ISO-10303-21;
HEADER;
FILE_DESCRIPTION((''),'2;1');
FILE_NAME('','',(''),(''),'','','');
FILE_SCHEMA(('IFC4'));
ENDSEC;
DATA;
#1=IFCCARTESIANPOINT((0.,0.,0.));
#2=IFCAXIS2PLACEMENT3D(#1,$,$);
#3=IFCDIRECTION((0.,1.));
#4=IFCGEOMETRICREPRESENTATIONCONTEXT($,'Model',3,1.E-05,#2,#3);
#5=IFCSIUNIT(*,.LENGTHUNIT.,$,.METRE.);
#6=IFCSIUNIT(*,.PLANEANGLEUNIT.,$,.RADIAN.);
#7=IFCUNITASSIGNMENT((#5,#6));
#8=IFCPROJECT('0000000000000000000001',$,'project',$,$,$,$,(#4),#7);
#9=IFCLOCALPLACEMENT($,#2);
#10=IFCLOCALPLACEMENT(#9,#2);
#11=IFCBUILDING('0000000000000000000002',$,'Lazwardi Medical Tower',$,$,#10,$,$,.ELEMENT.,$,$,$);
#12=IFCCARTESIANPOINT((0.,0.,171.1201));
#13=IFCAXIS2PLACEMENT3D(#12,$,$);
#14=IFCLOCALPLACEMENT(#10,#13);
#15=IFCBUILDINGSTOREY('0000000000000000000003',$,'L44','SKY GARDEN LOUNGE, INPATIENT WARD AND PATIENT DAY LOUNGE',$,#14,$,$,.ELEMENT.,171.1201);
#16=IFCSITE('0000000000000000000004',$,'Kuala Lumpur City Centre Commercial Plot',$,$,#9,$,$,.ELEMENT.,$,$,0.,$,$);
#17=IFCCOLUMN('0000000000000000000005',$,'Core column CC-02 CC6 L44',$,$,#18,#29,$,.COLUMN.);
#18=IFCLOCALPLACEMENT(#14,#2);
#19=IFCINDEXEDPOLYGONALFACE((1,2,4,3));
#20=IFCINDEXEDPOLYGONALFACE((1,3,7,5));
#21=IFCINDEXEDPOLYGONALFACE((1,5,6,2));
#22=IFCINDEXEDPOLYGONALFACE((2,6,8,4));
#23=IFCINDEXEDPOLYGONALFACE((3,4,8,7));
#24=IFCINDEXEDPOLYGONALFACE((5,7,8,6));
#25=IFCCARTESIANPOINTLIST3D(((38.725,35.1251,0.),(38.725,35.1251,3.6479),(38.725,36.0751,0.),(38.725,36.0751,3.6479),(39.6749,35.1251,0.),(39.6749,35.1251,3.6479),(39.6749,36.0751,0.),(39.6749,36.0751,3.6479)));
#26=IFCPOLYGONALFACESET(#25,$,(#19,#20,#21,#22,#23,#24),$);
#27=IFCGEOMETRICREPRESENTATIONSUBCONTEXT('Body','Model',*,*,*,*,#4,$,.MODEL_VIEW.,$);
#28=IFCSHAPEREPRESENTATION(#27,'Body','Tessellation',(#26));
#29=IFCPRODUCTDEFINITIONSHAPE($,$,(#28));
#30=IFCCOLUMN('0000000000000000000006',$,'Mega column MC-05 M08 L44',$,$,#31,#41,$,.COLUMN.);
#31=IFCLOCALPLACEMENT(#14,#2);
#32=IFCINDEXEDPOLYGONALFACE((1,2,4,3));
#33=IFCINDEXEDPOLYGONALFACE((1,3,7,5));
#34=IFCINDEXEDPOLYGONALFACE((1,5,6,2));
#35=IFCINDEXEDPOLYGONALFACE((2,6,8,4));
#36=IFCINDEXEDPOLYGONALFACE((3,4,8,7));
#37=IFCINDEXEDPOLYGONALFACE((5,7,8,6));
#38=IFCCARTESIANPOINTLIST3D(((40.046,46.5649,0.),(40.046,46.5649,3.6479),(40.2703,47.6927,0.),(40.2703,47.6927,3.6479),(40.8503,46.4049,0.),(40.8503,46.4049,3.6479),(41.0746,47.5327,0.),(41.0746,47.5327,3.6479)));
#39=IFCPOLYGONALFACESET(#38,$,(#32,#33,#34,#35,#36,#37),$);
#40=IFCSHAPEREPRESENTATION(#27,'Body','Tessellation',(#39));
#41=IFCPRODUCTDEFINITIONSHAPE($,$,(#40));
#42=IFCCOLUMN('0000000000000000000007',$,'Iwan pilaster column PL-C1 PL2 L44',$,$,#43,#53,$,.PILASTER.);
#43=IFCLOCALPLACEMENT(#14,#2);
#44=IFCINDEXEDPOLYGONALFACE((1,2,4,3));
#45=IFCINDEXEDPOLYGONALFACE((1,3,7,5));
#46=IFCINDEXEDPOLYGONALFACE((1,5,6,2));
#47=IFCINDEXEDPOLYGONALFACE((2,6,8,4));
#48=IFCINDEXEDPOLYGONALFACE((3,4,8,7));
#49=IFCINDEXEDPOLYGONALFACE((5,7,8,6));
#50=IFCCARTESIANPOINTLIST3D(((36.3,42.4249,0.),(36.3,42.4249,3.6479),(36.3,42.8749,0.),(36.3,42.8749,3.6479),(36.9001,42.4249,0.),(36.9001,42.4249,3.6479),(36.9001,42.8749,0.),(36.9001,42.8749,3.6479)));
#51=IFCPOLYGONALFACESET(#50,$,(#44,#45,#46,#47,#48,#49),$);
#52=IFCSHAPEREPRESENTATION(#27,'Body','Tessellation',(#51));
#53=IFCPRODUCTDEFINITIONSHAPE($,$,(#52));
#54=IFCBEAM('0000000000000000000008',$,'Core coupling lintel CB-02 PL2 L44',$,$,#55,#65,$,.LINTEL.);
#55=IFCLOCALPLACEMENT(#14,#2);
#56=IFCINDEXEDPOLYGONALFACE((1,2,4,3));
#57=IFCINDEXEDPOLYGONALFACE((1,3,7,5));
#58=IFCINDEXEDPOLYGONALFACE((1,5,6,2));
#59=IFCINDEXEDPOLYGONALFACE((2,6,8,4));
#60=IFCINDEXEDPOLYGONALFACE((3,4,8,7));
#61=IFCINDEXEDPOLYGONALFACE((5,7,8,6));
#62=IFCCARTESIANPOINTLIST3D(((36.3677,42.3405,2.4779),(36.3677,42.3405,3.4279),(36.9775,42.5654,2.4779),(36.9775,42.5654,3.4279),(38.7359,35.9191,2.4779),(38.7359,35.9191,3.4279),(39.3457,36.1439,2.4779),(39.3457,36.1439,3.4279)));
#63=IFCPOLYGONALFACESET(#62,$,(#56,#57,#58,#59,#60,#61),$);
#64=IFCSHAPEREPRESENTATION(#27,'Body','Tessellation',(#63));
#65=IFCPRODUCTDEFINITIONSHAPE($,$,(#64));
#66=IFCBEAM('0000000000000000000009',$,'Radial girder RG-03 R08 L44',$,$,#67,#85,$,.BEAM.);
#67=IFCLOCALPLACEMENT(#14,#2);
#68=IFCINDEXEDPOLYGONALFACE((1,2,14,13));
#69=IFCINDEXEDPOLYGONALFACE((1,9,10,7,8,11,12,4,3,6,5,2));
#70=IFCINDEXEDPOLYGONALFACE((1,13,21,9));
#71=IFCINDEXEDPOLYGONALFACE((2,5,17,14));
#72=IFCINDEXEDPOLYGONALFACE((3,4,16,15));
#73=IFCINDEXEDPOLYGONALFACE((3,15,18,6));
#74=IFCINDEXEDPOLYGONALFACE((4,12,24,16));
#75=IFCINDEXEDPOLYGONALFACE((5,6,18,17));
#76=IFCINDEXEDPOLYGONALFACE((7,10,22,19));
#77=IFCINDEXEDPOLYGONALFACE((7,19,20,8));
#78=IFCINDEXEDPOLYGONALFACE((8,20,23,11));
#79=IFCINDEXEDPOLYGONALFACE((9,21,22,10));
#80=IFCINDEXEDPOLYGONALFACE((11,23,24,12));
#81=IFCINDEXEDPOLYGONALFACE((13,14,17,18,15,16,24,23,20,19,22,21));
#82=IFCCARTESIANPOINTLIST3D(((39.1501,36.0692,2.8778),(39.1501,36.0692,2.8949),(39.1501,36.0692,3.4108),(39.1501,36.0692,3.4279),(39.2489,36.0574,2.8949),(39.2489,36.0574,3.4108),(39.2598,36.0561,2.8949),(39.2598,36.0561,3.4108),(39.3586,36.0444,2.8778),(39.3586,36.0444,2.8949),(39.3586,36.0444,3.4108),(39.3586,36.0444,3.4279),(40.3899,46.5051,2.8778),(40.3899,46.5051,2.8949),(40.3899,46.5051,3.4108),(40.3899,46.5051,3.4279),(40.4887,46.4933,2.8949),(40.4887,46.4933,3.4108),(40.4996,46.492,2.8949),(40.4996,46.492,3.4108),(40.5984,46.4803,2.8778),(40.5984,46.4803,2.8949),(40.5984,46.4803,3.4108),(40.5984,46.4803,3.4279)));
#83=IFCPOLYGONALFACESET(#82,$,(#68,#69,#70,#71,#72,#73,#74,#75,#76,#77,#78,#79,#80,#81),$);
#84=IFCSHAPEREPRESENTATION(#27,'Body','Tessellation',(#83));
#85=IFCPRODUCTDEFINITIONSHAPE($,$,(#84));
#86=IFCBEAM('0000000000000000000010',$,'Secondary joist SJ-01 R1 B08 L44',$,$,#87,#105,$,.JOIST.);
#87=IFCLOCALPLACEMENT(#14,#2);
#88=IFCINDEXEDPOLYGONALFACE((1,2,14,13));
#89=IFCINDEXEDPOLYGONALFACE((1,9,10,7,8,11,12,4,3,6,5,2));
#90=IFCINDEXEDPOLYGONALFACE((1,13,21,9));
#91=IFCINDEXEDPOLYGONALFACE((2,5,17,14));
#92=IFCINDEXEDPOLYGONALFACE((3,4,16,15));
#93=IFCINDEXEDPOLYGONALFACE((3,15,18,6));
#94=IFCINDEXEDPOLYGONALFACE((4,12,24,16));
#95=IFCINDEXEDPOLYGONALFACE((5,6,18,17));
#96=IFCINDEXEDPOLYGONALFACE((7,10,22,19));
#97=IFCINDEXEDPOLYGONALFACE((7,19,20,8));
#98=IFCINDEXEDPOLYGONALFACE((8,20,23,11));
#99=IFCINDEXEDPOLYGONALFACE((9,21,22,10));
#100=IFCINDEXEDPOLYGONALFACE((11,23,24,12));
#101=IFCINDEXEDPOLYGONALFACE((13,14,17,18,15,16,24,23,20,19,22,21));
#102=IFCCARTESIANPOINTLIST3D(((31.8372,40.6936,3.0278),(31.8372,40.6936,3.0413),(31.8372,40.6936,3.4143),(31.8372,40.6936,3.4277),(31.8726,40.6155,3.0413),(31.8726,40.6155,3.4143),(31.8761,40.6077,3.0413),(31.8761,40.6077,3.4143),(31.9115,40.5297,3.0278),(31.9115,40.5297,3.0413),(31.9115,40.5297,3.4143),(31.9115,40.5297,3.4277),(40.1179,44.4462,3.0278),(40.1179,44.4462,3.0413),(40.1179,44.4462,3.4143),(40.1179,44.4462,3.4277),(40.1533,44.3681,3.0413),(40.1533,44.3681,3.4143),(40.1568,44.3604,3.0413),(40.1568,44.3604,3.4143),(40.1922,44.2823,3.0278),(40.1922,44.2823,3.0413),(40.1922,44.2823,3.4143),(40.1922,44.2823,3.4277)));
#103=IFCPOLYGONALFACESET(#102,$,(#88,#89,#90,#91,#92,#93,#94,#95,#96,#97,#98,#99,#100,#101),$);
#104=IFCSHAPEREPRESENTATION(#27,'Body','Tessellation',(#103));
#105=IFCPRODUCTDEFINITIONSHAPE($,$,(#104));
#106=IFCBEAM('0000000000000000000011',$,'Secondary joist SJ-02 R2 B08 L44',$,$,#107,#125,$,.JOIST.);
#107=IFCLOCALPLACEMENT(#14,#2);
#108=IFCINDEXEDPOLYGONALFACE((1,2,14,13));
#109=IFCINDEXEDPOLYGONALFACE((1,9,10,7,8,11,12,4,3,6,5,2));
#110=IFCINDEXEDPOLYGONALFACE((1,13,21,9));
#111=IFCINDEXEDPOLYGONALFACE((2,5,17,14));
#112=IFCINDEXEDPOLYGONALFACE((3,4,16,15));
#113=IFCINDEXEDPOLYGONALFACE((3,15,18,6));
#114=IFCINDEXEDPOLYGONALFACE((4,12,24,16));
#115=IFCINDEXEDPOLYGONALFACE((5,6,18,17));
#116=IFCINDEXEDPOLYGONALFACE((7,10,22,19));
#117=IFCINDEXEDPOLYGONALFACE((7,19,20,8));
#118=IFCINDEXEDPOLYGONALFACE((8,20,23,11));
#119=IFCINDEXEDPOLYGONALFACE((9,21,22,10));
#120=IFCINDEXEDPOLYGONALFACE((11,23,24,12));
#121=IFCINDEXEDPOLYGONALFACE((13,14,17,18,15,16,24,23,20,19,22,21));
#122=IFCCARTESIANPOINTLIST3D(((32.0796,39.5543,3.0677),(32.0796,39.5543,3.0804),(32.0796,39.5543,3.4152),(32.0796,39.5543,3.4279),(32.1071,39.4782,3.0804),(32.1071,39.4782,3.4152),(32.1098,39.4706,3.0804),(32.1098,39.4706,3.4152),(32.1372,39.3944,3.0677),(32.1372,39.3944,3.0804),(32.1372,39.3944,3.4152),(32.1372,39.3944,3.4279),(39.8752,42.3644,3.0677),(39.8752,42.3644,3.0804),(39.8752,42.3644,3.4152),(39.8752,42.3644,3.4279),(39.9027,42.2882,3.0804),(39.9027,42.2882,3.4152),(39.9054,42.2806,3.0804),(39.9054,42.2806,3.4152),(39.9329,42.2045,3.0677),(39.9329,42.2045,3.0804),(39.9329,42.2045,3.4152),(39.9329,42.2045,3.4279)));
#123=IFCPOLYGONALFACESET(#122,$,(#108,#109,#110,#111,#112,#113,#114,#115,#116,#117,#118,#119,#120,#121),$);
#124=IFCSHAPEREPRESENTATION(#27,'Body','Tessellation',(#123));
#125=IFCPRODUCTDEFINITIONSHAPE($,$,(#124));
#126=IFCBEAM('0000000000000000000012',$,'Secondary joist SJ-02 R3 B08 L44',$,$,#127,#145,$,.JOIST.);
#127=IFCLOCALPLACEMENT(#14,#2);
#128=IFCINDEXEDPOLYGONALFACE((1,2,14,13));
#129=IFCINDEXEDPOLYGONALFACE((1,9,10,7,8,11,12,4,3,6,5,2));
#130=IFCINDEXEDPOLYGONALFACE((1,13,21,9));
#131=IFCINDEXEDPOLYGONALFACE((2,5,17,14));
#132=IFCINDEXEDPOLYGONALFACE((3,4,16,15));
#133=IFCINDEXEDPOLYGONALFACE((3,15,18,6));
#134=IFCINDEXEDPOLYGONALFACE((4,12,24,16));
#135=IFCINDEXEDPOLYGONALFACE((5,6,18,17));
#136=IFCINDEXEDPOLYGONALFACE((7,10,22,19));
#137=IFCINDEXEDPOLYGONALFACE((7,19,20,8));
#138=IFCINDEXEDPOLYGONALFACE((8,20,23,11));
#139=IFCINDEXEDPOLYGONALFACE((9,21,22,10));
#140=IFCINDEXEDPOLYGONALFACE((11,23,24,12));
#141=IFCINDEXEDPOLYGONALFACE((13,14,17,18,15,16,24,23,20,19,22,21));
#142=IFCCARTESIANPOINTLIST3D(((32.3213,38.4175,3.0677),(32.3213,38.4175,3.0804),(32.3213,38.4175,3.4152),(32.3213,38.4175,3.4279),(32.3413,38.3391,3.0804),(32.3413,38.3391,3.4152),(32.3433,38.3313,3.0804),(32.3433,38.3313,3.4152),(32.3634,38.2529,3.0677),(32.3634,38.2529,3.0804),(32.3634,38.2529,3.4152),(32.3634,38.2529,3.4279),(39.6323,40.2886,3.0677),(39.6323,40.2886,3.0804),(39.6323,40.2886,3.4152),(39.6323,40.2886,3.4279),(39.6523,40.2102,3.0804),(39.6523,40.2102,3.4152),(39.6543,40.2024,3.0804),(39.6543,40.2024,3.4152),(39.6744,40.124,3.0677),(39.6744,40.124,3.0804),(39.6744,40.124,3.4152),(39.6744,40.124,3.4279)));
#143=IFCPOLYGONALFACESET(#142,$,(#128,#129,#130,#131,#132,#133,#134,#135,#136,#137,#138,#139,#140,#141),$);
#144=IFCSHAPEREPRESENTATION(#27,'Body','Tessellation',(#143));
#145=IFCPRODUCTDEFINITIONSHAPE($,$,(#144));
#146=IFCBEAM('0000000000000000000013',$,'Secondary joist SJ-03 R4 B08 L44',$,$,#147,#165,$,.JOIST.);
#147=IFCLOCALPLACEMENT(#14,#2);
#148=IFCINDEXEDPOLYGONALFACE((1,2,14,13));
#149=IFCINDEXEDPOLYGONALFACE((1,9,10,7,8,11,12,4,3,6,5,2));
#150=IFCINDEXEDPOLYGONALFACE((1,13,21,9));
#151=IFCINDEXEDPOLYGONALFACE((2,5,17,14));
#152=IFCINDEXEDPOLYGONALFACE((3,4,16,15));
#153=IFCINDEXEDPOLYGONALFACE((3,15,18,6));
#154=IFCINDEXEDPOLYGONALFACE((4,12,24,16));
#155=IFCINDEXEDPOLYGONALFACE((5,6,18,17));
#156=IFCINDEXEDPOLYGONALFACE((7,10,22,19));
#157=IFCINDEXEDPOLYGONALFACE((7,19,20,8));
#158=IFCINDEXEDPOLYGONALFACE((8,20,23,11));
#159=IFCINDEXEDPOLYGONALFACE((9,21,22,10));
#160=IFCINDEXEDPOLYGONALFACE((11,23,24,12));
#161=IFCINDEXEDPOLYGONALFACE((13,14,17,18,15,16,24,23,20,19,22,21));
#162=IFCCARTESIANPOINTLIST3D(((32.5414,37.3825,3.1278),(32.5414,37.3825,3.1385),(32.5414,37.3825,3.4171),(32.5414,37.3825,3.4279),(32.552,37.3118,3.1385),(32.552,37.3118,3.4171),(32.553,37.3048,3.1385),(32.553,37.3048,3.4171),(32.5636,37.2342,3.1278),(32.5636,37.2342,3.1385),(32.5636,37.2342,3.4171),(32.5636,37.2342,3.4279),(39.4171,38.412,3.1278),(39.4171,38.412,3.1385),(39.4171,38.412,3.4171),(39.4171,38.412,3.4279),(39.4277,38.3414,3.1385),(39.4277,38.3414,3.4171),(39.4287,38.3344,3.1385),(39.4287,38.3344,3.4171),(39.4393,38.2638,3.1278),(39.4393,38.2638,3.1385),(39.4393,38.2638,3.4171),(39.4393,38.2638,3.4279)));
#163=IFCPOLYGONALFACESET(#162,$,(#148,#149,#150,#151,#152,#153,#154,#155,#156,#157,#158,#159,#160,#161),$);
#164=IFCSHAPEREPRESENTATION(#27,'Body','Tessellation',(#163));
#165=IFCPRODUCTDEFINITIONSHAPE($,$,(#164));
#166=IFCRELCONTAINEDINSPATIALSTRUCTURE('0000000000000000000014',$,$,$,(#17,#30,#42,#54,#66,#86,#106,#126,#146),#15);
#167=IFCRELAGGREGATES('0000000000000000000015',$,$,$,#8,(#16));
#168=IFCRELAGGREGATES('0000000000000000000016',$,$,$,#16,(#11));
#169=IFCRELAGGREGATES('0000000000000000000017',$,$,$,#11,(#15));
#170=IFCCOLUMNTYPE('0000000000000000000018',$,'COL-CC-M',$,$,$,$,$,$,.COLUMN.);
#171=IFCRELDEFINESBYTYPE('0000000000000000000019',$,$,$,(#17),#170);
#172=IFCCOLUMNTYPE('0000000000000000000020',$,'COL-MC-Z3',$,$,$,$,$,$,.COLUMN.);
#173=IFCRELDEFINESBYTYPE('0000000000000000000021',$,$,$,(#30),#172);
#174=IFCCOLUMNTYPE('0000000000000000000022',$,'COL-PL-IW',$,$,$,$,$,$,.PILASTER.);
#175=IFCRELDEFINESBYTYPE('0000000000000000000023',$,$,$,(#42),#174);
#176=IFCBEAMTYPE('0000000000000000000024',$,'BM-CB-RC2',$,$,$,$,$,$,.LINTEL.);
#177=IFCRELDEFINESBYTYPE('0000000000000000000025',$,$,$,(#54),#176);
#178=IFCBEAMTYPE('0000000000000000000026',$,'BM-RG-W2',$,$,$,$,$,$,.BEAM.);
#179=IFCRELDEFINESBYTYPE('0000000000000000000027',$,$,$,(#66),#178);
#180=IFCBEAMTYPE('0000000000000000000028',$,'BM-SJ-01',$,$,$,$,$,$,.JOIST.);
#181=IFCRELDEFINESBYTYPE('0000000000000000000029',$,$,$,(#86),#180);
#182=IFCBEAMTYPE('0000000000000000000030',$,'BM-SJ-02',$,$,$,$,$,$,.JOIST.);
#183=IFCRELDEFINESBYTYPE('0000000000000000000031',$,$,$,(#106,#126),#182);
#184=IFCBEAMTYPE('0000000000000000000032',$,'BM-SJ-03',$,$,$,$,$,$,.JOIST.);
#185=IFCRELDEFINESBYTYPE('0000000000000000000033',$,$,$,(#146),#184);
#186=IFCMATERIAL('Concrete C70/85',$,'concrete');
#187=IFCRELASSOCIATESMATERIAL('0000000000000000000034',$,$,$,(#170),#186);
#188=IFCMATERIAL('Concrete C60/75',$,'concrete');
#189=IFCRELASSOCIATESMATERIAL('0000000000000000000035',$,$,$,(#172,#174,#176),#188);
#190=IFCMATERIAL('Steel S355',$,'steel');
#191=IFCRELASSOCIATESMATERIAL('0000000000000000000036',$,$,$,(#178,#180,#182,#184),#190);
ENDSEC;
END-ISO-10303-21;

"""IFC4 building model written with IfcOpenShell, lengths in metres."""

from ifc_helpers import new_model, si_unit, direction, frame, origin, origin_2d, place, context, subcontext, project, spatial, rectangle, i_section, extrude, material, material_profile, profile_set, type_object, element, save


model = new_model("IFC4")

# Units and contexts
model_context = context("Model", 3, precision=1e-05, world=origin(), true_north=direction((0.0, 1.0)))
body_context = subcontext(model_context, "Body", "Model", "MODEL_VIEW")
ifc_project = project(units=[si_unit("LENGTHUNIT", "METRE"), si_unit("PLANEANGLEUNIT", "RADIAN")], contexts=[model_context])

# Site, building, storey
site_placement = place(None, origin())
site = spatial("IfcSite", under=ifc_project, at=site_placement, Name="Kuala Lumpur City Centre Commercial Plot", CompositionType="ELEMENT", RefElevation=0.0)
building_placement = place(site_placement, origin())
building = spatial("IfcBuilding", under=site, at=building_placement, Name="Lazwardi Medical Tower", CompositionType="ELEMENT")
storey_placement = place(building_placement, frame((0.0, 0.0, 171.1201)))
storey = spatial("IfcBuildingStorey", under=building, at=storey_placement, Name="L44", Description="SKY GARDEN LOUNGE, INPATIENT WARD AND PATIENT DAY LOUNGE", CompositionType="ELEMENT", Elevation=171.1201)

# Columns
ifc_material_1 = material(Name="Concrete C70/85", Category="concrete")
ifc_material_profile_1 = material_profile(ifc_material_1, rectangle(XDim=0.95, YDim=0.95, at=origin_2d()), Name="RC 950x950")
ifc_profile_set_1 = profile_set([ifc_material_profile_1], Name="Concrete C70/85")
column_type_1 = type_object("IfcColumnType", Name="COL-CC-M", PredefinedType="COLUMN", material=ifc_profile_set_1)
column_1_placement = place(storey_placement, frame((39.2, 35.6001, 0.0), z_axis=(0.0, 0.0, 1.0), x_axis=(1.0, 0.0, 0.0)))
element("IfcColumn", 1, at=column_1_placement, inside=storey, type_object=column_type_1, Name="Core column CC-02 CC6 L44", PredefinedType="COLUMN", context=body_context, shape_type="SweptSolid", body=[
    extrude(rectangle(XDim=0.95, YDim=0.95, at=origin_2d()), origin(), (0.0, 0.0, 1.0), 3.6479),
])
ifc_material_2 = material(Name="Concrete C60/75", Category="concrete")
ifc_material_profile_2 = material_profile(ifc_material_2, rectangle(XDim=1.1499, YDim=0.8201, at=origin_2d()), Name="CFT-RECT 1150x820")
ifc_profile_set_2 = profile_set([ifc_material_profile_2], Name="Concrete C60/75")
column_type_2 = type_object("IfcColumnType", Name="COL-MC-Z3", PredefinedType="COLUMN", material=ifc_profile_set_2)
column_2_placement = place(storey_placement, frame((40.5603, 47.0488, 0.0), z_axis=(0.0, 0.0, 1.0), x_axis=(0.19509, 0.980785, 0.0)))
element("IfcColumn", 2, at=column_2_placement, inside=storey, type_object=column_type_2, Name="Mega column MC-05 M08 L44", PredefinedType="COLUMN", context=body_context, shape_type="SweptSolid", body=[
    extrude(rectangle(XDim=1.1499, YDim=0.8201, at=origin_2d()), origin(), (0.0, 0.0, 1.0), 3.6479),
])
ifc_material_profile_3 = material_profile(ifc_material_2, rectangle(XDim=0.6001, YDim=0.45, at=origin_2d()), Name="RC 600x450")
ifc_profile_set_3 = profile_set([ifc_material_profile_3], Name="Concrete C60/75")
column_type_3 = type_object("IfcColumnType", Name="COL-PL-IW", PredefinedType="PILASTER", material=ifc_profile_set_3)
column_3_placement = place(storey_placement, frame((36.6001, 42.6499, 0.0), z_axis=(0.0, 0.0, 1.0), x_axis=(1.0, 0.0, 0.0)))
element("IfcColumn", 3, at=column_3_placement, inside=storey, type_object=column_type_3, Name="Iwan pilaster column PL-C1 PL2 L44", PredefinedType="PILASTER", context=body_context, shape_type="SweptSolid", body=[
    extrude(rectangle(XDim=0.6001, YDim=0.45, at=origin_2d()), origin(), (0.0, 0.0, 1.0), 3.6479),
])

# Beams
ifc_material_profile_4 = material_profile(ifc_material_2, rectangle(XDim=0.6499, YDim=0.95, at=origin_2d()), Name="RC 650x950")
ifc_profile_set_4 = profile_set([ifc_material_profile_4], Name="Concrete C60/75")
beam_type_1 = type_object("IfcBeamType", Name="BM-CB-RC2", PredefinedType="LINTEL", material=ifc_profile_set_4)
beam_1_placement = place(storey_placement, frame((39.0408, 36.0315, 2.9529), z_axis=(-0.346013, 0.93823, 0.0), x_axis=(-0.93823, -0.346013, 0.0)))
element("IfcBeam", 4, at=beam_1_placement, inside=storey, type_object=beam_type_1, Name="Core coupling lintel CB-02 PL2 L44", PredefinedType="LINTEL", context=body_context, shape_type="SweptSolid", body=[
    extrude(rectangle(XDim=0.6499, YDim=0.95, at=origin_2d()), origin(), (0.0, 0.0, 1.0), 6.8442),
])
ifc_material_3 = material(Name="Steel S355", Category="steel")
ifc_material_profile_5 = material_profile(ifc_material_3, i_section(OverallWidth=0.21, OverallDepth=0.55, WebThickness=0.011, FlangeThickness=0.0171, at=origin_2d()), Name="IPE 550")
ifc_profile_set_5 = profile_set([ifc_material_profile_5], Name="Steel S355")
beam_type_2 = type_object("IfcBeamType", Name="BM-RG-W2", PredefinedType="BEAM", material=ifc_profile_set_5)
beam_2_placement = place(storey_placement, frame((40.4941, 46.4927, 3.1528), z_axis=(-0.117968, -0.993017, 0.0), x_axis=(0.993017, -0.117968, 0.0)))
element("IfcBeam", 5, at=beam_2_placement, inside=storey, type_object=beam_type_2, Name="Radial girder RG-03 R08 L44", PredefinedType="BEAM", context=body_context, shape_type="SweptSolid", body=[
    extrude(i_section(OverallWidth=0.21, OverallDepth=0.55, WebThickness=0.011, FlangeThickness=0.0171, at=origin_2d()), origin(), (0.0, 0.0, 1.0), 10.5093),
])
ifc_material_profile_6 = material_profile(ifc_material_3, i_section(OverallWidth=0.1799, OverallDepth=0.3999, WebThickness=0.0085, FlangeThickness=0.0134, at=origin_2d()), Name="IPE 400")
ifc_profile_set_6 = profile_set([ifc_material_profile_6], Name="Steel S355")
beam_type_3 = type_object("IfcBeamType", Name="BM-SJ-01", PredefinedType="JOIST", material=ifc_profile_set_6)
beam_3_placement = place(storey_placement, frame((40.155, 44.3643, 3.2278), z_axis=(-0.910834, -0.412773, 0.0), x_axis=(0.412773, -0.910834, 0.0)))
element("IfcBeam", 6, at=beam_3_placement, inside=storey, type_object=beam_type_3, Name="Secondary joist SJ-01 R1 B08 L44", PredefinedType="JOIST", context=body_context, shape_type="SweptSolid", body=[
    extrude(i_section(OverallWidth=0.1799, OverallDepth=0.3999, WebThickness=0.0085, FlangeThickness=0.0134, at=origin_2d()), origin(), (0.0, 0.0, 1.0), 9.0913),
])
ifc_material_profile_7 = material_profile(ifc_material_3, i_section(OverallWidth=0.1699, OverallDepth=0.3601, WebThickness=0.0081, FlangeThickness=0.0127, at=origin_2d()), Name="IPE 360")
ifc_profile_set_7 = profile_set([ifc_material_profile_7], Name="Steel S355")
beam_type_4 = type_object("IfcBeamType", Name="BM-SJ-02", PredefinedType="JOIST", material=ifc_profile_set_7)
beam_4_placement = place(storey_placement, frame((39.9041, 42.2844, 3.2478), z_axis=(-0.940748, -0.339106, 0.0), x_axis=(0.339106, -0.940748, 0.0)))
element("IfcBeam", 7, at=beam_4_placement, inside=storey, type_object=beam_type_4, Name="Secondary joist SJ-02 R2 B08 L44", PredefinedType="JOIST", context=body_context, shape_type="SweptSolid", body=[
    extrude(i_section(OverallWidth=0.1699, OverallDepth=0.3601, WebThickness=0.0081, FlangeThickness=0.0127, at=origin_2d()), origin(), (0.0, 0.0, 1.0), 8.2866),
])
beam_5_placement = place(storey_placement, frame((39.6533, 40.2063, 3.2478), z_axis=(-0.968776, -0.247936, 0.0), x_axis=(0.247936, -0.968776, 0.0)))
element("IfcBeam", 8, at=beam_5_placement, inside=storey, type_object=beam_type_4, Name="Secondary joist SJ-02 R3 B08 L44", PredefinedType="JOIST", context=body_context, shape_type="SweptSolid", body=[
    extrude(i_section(OverallWidth=0.1699, OverallDepth=0.3601, WebThickness=0.0081, FlangeThickness=0.0127, at=origin_2d()), origin(), (0.0, 0.0, 1.0), 7.5466),
])
ifc_material_profile_8 = material_profile(ifc_material_3, i_section(OverallWidth=0.1499, OverallDepth=0.3, WebThickness=0.0071, FlangeThickness=0.0107, at=origin_2d()), Name="IPE 300")
ifc_profile_set_8 = profile_set([ifc_material_profile_8], Name="Steel S355")
beam_type_5 = type_object("IfcBeamType", Name="BM-SJ-03", PredefinedType="JOIST", material=ifc_profile_set_8)
beam_6_placement = place(storey_placement, frame((39.4282, 38.3379, 3.2778), z_axis=(-0.988975, -0.148085, 0.0), x_axis=(0.148085, -0.988975, 0.0)))
element("IfcBeam", 9, at=beam_6_placement, inside=storey, type_object=beam_type_5, Name="Secondary joist SJ-03 R4 B08 L44", PredefinedType="JOIST", context=body_context, shape_type="SweptSolid", body=[
    extrude(i_section(OverallWidth=0.1499, OverallDepth=0.3, WebThickness=0.0071, FlangeThickness=0.0107, at=origin_2d()), origin(), (0.0, 0.0, 1.0), 6.9524),
])

save(model, "model.ifc")
